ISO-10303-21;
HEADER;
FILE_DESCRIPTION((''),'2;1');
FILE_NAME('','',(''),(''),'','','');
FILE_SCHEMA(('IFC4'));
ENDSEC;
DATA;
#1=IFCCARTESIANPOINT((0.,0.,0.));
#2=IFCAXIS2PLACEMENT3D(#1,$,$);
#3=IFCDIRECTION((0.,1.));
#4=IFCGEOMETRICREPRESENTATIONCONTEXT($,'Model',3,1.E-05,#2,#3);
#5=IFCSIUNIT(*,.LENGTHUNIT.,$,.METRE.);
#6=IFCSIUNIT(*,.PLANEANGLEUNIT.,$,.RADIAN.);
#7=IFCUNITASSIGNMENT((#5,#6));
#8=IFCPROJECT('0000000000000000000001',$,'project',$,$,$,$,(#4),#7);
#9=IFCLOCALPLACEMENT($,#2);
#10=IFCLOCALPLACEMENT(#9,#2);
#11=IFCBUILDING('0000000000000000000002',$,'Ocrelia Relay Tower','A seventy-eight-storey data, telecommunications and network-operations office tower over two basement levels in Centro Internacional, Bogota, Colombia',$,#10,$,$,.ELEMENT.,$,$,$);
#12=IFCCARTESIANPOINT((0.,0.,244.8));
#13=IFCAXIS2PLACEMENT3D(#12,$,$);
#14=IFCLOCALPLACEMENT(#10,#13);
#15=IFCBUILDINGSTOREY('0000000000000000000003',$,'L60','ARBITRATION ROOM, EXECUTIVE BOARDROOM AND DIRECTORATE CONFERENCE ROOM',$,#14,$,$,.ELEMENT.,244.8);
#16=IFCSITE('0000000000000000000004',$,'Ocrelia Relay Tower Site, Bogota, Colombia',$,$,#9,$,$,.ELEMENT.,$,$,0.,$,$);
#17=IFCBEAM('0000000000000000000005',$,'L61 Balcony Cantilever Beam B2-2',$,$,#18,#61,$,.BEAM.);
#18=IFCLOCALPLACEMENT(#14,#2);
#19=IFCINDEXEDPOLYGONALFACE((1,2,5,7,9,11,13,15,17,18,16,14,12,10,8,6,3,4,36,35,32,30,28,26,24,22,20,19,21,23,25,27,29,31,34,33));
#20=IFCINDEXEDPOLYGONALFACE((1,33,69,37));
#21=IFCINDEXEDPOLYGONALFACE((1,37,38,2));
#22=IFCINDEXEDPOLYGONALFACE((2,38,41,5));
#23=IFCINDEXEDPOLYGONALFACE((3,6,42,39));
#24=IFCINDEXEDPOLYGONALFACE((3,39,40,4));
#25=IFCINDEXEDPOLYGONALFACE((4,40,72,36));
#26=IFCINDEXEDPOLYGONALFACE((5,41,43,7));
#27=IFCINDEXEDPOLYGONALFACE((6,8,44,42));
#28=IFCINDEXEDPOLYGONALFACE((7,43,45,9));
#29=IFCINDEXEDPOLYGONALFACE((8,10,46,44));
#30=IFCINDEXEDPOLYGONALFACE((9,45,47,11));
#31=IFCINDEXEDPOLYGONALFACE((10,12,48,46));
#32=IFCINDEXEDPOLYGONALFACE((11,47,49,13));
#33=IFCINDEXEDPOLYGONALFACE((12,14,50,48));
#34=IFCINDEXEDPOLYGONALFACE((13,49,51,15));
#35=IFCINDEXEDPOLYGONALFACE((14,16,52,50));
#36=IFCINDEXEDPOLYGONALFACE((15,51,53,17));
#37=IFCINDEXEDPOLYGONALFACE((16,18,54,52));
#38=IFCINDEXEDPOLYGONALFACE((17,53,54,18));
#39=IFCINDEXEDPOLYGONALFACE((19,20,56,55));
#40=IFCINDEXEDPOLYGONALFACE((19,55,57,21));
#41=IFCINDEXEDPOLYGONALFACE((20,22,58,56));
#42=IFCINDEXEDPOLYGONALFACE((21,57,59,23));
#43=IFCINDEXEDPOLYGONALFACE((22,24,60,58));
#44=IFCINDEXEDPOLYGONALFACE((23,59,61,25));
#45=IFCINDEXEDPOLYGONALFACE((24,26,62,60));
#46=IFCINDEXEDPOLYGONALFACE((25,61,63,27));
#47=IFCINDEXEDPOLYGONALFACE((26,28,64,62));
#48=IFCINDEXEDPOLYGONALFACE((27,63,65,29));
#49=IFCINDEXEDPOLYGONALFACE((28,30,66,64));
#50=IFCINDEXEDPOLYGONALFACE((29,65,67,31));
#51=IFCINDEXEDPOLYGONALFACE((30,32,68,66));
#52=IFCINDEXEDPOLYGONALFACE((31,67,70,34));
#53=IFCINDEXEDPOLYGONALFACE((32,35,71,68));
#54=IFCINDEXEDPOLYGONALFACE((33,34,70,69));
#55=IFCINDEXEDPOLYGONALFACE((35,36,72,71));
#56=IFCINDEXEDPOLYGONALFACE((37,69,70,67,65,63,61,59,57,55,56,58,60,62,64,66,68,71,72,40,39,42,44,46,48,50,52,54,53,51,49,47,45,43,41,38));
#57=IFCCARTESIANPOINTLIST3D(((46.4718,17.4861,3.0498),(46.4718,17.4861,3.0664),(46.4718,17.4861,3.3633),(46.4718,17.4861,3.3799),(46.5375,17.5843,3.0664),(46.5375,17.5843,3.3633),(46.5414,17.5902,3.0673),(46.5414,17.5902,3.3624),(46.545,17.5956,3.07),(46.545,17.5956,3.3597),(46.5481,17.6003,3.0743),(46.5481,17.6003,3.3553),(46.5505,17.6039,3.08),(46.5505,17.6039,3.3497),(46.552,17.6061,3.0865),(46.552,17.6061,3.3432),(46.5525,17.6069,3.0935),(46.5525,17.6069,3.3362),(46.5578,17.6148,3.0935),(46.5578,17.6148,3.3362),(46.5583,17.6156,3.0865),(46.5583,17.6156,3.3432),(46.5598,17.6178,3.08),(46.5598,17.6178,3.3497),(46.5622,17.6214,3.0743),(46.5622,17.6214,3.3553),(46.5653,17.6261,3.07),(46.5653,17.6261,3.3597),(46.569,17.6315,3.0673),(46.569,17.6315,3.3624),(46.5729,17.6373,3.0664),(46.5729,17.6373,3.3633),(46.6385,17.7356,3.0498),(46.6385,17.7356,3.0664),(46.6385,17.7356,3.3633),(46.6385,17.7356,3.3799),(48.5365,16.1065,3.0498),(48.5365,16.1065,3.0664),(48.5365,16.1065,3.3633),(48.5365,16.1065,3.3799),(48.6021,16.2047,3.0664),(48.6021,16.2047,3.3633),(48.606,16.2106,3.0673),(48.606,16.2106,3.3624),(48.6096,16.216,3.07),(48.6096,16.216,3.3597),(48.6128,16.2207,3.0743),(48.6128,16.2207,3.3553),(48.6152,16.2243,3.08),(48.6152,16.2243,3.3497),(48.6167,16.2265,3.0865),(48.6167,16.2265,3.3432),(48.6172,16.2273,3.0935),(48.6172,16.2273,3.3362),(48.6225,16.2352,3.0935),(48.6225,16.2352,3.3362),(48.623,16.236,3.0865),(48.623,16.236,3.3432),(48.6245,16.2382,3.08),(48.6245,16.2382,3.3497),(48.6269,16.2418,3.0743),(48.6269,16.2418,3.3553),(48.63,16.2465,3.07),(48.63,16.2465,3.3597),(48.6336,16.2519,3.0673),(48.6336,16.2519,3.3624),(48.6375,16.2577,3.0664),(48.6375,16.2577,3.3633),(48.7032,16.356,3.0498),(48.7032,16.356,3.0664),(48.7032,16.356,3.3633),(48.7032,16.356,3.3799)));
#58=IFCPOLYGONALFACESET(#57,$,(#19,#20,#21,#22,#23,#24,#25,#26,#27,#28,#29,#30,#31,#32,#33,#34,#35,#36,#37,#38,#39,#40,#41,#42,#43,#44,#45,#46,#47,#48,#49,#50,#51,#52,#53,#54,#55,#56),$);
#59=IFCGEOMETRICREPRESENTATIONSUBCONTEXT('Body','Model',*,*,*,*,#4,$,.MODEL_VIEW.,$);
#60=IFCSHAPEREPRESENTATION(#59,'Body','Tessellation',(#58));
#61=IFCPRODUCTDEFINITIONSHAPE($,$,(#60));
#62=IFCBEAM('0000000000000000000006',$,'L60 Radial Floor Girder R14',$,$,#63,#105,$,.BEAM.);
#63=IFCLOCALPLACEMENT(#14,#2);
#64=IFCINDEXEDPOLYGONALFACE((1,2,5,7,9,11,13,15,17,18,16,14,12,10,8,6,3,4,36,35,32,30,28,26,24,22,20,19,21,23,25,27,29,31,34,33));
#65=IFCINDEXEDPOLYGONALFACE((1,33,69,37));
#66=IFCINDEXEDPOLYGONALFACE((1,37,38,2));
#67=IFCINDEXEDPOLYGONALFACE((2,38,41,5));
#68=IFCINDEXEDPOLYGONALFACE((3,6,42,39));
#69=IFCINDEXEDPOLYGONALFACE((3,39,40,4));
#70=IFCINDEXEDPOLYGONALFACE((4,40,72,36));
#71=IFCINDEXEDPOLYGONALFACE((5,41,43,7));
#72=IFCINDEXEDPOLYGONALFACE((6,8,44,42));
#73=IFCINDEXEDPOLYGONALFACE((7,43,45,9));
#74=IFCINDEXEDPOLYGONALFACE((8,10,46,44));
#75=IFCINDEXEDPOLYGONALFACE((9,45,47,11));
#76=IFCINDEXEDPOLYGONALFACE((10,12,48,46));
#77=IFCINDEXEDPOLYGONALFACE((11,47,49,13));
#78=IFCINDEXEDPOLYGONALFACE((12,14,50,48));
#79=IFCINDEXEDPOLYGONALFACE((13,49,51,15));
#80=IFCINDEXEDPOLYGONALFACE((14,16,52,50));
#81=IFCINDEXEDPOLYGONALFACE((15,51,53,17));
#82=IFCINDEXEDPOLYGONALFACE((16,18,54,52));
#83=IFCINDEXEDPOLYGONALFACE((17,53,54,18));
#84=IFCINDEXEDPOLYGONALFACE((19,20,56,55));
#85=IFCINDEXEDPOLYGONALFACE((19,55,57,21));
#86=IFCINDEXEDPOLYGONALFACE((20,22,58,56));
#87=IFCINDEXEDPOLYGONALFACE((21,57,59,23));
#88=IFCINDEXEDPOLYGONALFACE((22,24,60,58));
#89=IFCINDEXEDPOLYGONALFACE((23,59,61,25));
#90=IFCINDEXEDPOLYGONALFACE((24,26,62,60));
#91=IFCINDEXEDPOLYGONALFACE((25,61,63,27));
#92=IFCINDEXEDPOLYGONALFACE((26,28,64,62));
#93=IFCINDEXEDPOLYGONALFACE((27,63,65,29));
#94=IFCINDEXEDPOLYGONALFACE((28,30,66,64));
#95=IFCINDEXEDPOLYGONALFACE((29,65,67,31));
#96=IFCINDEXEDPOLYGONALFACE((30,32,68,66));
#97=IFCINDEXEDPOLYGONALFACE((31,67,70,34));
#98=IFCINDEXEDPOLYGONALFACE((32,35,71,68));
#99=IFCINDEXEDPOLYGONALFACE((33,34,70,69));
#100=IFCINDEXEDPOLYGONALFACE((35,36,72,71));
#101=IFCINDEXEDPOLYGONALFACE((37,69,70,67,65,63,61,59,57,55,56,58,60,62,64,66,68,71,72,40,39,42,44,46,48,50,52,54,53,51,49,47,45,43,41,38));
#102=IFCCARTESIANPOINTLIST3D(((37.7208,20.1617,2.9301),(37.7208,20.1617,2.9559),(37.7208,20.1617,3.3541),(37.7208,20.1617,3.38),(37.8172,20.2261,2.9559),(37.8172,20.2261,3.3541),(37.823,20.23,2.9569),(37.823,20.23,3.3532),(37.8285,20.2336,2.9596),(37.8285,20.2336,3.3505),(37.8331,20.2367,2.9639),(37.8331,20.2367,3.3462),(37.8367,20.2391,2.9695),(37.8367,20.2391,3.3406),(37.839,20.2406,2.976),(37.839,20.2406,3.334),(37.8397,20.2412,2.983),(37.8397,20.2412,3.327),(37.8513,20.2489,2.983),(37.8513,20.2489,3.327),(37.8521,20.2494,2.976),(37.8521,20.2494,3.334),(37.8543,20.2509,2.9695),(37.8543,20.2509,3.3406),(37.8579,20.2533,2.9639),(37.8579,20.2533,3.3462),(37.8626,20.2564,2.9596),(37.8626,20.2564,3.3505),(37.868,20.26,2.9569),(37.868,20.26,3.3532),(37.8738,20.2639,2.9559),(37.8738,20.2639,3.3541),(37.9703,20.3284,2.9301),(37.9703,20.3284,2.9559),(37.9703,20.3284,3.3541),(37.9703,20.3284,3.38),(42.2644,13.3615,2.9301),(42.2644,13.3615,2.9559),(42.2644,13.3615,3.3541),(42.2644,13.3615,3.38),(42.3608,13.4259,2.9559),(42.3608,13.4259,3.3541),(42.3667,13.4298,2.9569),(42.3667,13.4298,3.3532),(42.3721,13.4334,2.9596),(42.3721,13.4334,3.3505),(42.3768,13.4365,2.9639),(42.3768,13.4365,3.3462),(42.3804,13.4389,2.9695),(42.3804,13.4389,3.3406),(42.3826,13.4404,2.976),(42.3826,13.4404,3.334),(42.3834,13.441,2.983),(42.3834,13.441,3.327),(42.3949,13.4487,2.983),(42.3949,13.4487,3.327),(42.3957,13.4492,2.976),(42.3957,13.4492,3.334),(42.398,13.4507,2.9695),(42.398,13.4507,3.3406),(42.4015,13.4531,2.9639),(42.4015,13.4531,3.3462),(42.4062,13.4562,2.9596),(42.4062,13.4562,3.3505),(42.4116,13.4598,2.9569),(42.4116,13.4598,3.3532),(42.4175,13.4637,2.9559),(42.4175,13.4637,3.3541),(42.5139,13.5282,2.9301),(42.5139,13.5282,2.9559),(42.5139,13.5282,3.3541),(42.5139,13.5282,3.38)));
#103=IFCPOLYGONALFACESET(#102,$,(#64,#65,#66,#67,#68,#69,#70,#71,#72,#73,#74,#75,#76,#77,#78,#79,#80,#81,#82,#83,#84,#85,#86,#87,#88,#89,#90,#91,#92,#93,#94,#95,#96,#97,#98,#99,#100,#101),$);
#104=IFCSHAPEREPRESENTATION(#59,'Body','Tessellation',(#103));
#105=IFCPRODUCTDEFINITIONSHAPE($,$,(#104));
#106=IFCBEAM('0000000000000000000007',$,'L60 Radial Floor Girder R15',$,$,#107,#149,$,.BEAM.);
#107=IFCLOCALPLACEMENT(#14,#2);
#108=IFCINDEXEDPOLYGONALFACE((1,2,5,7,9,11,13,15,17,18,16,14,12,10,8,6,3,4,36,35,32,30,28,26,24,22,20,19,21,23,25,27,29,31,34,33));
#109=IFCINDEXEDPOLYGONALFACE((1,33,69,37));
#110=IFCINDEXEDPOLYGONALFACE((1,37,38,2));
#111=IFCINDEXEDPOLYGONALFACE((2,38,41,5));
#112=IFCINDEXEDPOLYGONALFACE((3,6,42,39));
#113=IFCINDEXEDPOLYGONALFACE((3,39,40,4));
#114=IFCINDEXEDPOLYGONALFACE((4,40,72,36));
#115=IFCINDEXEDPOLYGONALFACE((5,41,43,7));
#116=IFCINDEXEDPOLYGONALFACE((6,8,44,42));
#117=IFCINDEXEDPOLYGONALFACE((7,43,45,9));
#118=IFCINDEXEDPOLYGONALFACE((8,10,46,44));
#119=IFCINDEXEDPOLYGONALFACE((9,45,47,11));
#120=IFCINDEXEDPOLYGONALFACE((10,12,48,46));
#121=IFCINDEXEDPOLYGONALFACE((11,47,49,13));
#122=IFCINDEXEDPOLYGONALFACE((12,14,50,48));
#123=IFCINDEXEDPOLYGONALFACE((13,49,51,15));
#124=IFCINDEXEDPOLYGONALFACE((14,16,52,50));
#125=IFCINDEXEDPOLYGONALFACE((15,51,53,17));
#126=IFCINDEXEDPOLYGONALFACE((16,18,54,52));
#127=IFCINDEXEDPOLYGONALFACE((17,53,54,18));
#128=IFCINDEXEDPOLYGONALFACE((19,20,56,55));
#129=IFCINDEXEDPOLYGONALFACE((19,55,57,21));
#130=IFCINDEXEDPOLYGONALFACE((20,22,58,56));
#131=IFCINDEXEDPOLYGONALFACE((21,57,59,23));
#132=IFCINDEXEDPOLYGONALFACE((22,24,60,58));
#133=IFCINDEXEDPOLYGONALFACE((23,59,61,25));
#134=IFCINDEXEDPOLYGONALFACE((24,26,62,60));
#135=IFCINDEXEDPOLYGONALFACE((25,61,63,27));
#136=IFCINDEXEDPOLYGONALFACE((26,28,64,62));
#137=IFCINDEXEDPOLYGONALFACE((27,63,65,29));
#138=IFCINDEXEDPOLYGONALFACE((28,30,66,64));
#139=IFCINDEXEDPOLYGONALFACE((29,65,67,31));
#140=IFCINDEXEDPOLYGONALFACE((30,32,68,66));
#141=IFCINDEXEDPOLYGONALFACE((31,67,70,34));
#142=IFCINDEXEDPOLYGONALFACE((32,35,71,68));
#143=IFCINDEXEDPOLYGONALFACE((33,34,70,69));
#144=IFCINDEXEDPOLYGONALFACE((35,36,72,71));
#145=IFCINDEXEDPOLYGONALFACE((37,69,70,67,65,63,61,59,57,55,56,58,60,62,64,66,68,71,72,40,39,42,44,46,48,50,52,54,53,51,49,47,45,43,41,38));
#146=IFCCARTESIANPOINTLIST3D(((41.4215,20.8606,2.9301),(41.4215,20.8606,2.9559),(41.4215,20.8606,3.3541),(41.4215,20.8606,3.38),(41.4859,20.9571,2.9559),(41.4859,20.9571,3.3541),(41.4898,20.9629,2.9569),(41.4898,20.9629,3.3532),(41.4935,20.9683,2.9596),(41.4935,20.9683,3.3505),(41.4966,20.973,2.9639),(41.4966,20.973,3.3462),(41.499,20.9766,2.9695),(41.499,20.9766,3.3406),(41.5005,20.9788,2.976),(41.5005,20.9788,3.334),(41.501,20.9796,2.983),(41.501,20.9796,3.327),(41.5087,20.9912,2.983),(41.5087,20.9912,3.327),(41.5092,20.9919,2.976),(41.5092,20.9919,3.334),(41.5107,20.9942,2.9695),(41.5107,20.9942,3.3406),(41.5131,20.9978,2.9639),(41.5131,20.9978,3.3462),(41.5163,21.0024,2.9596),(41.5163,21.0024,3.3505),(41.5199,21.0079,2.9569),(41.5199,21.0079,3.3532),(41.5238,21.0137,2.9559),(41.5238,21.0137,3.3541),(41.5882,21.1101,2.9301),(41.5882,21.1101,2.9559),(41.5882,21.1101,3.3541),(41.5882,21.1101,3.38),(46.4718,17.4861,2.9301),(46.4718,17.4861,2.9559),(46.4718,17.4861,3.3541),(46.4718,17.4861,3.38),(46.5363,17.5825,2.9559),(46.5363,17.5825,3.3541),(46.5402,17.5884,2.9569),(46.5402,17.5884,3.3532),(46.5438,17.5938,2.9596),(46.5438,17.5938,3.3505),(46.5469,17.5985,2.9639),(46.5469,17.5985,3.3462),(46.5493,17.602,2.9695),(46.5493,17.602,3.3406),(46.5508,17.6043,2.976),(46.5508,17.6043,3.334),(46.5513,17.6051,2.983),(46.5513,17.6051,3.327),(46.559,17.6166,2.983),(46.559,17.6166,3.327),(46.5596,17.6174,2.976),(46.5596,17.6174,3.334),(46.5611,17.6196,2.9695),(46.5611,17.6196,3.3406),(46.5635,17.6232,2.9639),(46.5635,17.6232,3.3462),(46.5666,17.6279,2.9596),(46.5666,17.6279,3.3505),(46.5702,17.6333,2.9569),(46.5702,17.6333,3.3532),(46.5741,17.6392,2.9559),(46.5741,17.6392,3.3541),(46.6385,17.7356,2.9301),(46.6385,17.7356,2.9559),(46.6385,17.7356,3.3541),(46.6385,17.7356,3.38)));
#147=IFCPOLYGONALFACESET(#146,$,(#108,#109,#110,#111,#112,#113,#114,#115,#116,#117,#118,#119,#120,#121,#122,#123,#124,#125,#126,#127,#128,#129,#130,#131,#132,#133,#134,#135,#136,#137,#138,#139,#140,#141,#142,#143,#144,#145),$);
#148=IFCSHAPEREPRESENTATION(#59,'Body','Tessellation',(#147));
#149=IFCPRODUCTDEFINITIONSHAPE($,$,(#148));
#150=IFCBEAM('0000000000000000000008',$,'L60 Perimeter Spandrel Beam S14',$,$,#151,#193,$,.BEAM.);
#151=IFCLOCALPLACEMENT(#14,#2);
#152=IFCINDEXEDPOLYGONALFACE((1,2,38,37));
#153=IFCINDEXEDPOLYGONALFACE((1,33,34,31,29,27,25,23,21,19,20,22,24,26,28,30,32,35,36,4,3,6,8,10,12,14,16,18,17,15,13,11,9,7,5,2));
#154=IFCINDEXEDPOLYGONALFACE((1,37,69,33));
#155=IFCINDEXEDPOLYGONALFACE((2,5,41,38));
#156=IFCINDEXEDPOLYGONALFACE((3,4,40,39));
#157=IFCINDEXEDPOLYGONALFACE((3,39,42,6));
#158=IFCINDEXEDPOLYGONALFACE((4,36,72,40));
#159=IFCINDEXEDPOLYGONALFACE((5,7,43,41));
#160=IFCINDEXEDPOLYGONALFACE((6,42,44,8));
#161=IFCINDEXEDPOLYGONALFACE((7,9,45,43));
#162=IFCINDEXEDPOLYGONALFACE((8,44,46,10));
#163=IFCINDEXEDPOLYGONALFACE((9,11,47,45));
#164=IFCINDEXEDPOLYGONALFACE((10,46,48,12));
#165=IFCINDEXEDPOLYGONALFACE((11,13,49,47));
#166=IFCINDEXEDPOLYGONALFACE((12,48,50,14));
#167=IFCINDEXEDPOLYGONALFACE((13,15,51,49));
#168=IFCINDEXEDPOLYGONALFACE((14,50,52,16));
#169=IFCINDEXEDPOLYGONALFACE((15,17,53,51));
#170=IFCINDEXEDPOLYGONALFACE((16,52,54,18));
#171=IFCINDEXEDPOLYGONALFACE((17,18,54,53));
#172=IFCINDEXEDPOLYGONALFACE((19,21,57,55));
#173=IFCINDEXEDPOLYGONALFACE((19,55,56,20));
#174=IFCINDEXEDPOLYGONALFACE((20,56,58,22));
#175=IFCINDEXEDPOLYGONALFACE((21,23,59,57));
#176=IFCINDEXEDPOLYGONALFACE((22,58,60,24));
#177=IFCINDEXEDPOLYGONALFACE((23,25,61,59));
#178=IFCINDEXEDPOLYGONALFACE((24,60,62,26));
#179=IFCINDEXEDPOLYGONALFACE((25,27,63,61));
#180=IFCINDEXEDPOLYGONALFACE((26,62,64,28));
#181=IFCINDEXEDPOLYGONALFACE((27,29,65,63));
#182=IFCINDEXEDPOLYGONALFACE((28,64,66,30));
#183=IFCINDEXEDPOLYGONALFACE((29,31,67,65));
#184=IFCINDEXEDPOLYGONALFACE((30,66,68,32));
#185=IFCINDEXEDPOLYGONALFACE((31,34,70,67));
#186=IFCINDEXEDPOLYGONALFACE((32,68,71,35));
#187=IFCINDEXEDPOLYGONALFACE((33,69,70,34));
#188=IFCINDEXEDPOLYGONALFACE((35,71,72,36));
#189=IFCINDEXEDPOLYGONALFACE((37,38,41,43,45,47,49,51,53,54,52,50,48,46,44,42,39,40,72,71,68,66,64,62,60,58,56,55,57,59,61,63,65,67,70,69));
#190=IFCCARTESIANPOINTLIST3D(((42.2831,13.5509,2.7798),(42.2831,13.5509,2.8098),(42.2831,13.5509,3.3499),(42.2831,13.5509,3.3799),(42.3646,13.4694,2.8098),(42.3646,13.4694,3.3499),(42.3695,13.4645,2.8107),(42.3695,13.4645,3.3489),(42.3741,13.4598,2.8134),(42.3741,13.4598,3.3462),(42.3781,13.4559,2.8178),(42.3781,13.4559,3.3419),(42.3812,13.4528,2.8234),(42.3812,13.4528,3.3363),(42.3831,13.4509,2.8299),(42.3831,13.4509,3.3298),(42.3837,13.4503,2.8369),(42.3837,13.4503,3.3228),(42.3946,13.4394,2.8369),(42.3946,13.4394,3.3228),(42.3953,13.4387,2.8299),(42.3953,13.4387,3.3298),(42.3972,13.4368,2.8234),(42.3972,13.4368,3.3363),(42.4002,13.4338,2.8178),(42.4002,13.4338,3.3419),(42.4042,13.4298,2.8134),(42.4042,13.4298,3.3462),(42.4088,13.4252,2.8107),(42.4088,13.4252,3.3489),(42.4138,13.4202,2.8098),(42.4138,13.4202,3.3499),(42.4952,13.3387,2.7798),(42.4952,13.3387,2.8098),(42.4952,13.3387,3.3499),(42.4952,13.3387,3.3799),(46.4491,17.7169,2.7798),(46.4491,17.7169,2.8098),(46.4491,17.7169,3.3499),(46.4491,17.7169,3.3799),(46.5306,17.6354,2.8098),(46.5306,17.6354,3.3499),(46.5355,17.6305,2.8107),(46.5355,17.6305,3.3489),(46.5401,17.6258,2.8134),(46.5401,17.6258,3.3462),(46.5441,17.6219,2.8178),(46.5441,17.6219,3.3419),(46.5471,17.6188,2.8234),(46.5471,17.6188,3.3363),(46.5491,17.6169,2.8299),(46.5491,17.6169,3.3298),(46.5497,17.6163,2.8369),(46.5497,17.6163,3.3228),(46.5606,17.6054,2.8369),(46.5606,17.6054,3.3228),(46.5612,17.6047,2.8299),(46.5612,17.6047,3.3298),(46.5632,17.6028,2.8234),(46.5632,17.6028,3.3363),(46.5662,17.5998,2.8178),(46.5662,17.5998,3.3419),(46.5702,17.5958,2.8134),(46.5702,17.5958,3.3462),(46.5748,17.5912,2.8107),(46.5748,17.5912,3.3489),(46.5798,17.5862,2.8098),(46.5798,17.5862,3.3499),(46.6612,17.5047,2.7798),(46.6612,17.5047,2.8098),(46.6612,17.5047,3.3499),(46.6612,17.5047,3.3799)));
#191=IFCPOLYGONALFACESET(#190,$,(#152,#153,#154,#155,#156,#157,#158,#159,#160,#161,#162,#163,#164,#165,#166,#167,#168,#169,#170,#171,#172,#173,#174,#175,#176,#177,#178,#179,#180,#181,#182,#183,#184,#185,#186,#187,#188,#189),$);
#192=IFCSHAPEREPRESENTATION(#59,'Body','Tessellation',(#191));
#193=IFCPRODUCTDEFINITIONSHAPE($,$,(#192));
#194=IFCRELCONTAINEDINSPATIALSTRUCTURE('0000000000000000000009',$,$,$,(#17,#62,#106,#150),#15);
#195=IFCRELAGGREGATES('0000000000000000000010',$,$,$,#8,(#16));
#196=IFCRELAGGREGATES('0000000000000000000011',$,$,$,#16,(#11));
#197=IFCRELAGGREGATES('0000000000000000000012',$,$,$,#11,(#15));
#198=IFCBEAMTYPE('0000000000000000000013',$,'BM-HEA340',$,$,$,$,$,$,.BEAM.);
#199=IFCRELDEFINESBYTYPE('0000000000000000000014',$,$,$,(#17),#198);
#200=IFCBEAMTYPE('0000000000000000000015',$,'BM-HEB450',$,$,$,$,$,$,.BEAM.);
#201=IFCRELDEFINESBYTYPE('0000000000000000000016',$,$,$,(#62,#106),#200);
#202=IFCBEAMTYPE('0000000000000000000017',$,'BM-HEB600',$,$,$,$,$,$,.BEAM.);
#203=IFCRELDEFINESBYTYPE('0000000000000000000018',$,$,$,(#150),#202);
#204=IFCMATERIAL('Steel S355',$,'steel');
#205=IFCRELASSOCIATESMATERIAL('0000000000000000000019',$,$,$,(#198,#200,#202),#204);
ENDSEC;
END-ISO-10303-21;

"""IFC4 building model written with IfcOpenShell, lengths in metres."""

from ifc_helpers import new_model, si_unit, direction, frame, origin, origin_2d, place, context, subcontext, project, spatial, i_section, extrude, material, material_profile, profile_set, type_object, element, save


model = new_model("IFC4")

# Units and contexts
model_context = context("Model", 3, precision=1e-05, world=origin(), true_north=direction((0.0, 1.0)))
body_context = subcontext(model_context, "Body", "Model", "MODEL_VIEW")
ifc_project = project(units=[si_unit("LENGTHUNIT", "METRE"), si_unit("PLANEANGLEUNIT", "RADIAN")], contexts=[model_context])

# Site, building, storey
site_placement = place(None, origin())
site = spatial("IfcSite", under=ifc_project, at=site_placement, Name="Ocrelia Relay Tower Site, Bogota, Colombia", CompositionType="ELEMENT", RefElevation=0.0)
building_placement = place(site_placement, origin())
building = spatial("IfcBuilding", under=site, at=building_placement, Name="Ocrelia Relay Tower", Description="A seventy-eight-storey data, telecommunications and network-operations office tower over two basement levels in Centro Internacional, Bogota, Colombia", CompositionType="ELEMENT")
storey_placement = place(building_placement, frame((0.0, 0.0, 244.8)))
storey = spatial("IfcBuildingStorey", under=building, at=storey_placement, Name="L60", Description="ARBITRATION ROOM, EXECUTIVE BOARDROOM AND DIRECTORATE CONFERENCE ROOM", CompositionType="ELEMENT", Elevation=244.8)

# Beams
ifc_material_1 = material(Name="Steel S355", Category="steel")
ifc_material_profile_1 = material_profile(ifc_material_1, i_section(OverallWidth=0.3, OverallDepth=0.3301, WebThickness=0.0095, FlangeThickness=0.0166, FilletRadius=0.0271, at=origin_2d()), Name="HEA 340")
ifc_profile_set_1 = profile_set([ifc_material_profile_1], Name="Steel S355")
beam_type_1 = type_object("IfcBeamType", Name="BM-HEA340", PredefinedType="BEAM", material=ifc_profile_set_1)
beam_1_placement = place(storey_placement, frame((46.5552, 17.6108, 3.2148), z_axis=(0.83146, -0.555585, 0.0), x_axis=(0.555585, 0.83146, 0.0)))
element("IfcBeam", 1, at=beam_1_placement, inside=storey, type_object=beam_type_1, Name="L61 Balcony Cantilever Beam B2-2", PredefinedType="BEAM", context=body_context, shape_type="SweptSolid", body=[
    extrude(i_section(OverallWidth=0.3, OverallDepth=0.3301, WebThickness=0.0095, FlangeThickness=0.0166, FilletRadius=0.0271, at=origin_2d()), origin(), (0.0, 0.0, 1.0), 2.4832),
])
ifc_material_profile_2 = material_profile(ifc_material_1, i_section(OverallWidth=0.3, OverallDepth=0.45, WebThickness=0.0139, FlangeThickness=0.0259, FilletRadius=0.0271, at=origin_2d()), Name="HEB 450")
ifc_profile_set_2 = profile_set([ifc_material_profile_2], Name="Steel S355")
beam_type_2 = type_object("IfcBeamType", Name="BM-HEB450", PredefinedType="BEAM", material=ifc_profile_set_2)
beam_2_placement = place(storey_placement, frame((42.3892, 13.4448, 3.155), z_axis=(-0.555561, 0.831476, 0.0), x_axis=(-0.831476, -0.555561, 0.0)))
element("IfcBeam", 2, at=beam_2_placement, inside=storey, type_object=beam_type_2, Name="L60 Radial Floor Girder R14", PredefinedType="BEAM", context=body_context, shape_type="SweptSolid", body=[
    extrude(i_section(OverallWidth=0.3, OverallDepth=0.45, WebThickness=0.0139, FlangeThickness=0.0259, FilletRadius=0.0271, at=origin_2d()), origin(), (0.0, 0.0, 1.0), 8.1785),
])
beam_3_placement = place(storey_placement, frame((46.5552, 17.6108, 3.155), z_axis=(-0.831469, 0.555572, 0.0), x_axis=(-0.555572, -0.831469, 0.0)))
element("IfcBeam", 3, at=beam_3_placement, inside=storey, type_object=beam_type_2, Name="L60 Radial Floor Girder R15", PredefinedType="BEAM", context=body_context, shape_type="SweptSolid", body=[
    extrude(i_section(OverallWidth=0.3, OverallDepth=0.45, WebThickness=0.0139, FlangeThickness=0.0259, FilletRadius=0.0271, at=origin_2d()), origin(), (0.0, 0.0, 1.0), 6.074),
])
ifc_material_profile_3 = material_profile(ifc_material_1, i_section(OverallWidth=0.3, OverallDepth=0.6001, WebThickness=0.0154, FlangeThickness=0.03, FilletRadius=0.0271, at=origin_2d()), Name="HEB 600")
ifc_profile_set_3 = profile_set([ifc_material_profile_3], Name="Steel S355")
beam_type_3 = type_object("IfcBeamType", Name="BM-HEB600", PredefinedType="BEAM", material=ifc_profile_set_3)
beam_4_placement = place(storey_placement, frame((42.3892, 13.4448, 3.0798), z_axis=(0.707107, 0.707107, 0.0), x_axis=(-0.707107, 0.707107, 0.0)))
element("IfcBeam", 4, at=beam_4_placement, inside=storey, type_object=beam_type_3, Name="L60 Perimeter Spandrel Beam S14", PredefinedType="BEAM", context=body_context, shape_type="SweptSolid", body=[
    extrude(i_section(OverallWidth=0.3, OverallDepth=0.6001, WebThickness=0.0154, FlangeThickness=0.03, FilletRadius=0.0271, at=origin_2d()), origin(), (0.0, 0.0, 1.0), 5.8916),
])

save(model, "model.ifc")
